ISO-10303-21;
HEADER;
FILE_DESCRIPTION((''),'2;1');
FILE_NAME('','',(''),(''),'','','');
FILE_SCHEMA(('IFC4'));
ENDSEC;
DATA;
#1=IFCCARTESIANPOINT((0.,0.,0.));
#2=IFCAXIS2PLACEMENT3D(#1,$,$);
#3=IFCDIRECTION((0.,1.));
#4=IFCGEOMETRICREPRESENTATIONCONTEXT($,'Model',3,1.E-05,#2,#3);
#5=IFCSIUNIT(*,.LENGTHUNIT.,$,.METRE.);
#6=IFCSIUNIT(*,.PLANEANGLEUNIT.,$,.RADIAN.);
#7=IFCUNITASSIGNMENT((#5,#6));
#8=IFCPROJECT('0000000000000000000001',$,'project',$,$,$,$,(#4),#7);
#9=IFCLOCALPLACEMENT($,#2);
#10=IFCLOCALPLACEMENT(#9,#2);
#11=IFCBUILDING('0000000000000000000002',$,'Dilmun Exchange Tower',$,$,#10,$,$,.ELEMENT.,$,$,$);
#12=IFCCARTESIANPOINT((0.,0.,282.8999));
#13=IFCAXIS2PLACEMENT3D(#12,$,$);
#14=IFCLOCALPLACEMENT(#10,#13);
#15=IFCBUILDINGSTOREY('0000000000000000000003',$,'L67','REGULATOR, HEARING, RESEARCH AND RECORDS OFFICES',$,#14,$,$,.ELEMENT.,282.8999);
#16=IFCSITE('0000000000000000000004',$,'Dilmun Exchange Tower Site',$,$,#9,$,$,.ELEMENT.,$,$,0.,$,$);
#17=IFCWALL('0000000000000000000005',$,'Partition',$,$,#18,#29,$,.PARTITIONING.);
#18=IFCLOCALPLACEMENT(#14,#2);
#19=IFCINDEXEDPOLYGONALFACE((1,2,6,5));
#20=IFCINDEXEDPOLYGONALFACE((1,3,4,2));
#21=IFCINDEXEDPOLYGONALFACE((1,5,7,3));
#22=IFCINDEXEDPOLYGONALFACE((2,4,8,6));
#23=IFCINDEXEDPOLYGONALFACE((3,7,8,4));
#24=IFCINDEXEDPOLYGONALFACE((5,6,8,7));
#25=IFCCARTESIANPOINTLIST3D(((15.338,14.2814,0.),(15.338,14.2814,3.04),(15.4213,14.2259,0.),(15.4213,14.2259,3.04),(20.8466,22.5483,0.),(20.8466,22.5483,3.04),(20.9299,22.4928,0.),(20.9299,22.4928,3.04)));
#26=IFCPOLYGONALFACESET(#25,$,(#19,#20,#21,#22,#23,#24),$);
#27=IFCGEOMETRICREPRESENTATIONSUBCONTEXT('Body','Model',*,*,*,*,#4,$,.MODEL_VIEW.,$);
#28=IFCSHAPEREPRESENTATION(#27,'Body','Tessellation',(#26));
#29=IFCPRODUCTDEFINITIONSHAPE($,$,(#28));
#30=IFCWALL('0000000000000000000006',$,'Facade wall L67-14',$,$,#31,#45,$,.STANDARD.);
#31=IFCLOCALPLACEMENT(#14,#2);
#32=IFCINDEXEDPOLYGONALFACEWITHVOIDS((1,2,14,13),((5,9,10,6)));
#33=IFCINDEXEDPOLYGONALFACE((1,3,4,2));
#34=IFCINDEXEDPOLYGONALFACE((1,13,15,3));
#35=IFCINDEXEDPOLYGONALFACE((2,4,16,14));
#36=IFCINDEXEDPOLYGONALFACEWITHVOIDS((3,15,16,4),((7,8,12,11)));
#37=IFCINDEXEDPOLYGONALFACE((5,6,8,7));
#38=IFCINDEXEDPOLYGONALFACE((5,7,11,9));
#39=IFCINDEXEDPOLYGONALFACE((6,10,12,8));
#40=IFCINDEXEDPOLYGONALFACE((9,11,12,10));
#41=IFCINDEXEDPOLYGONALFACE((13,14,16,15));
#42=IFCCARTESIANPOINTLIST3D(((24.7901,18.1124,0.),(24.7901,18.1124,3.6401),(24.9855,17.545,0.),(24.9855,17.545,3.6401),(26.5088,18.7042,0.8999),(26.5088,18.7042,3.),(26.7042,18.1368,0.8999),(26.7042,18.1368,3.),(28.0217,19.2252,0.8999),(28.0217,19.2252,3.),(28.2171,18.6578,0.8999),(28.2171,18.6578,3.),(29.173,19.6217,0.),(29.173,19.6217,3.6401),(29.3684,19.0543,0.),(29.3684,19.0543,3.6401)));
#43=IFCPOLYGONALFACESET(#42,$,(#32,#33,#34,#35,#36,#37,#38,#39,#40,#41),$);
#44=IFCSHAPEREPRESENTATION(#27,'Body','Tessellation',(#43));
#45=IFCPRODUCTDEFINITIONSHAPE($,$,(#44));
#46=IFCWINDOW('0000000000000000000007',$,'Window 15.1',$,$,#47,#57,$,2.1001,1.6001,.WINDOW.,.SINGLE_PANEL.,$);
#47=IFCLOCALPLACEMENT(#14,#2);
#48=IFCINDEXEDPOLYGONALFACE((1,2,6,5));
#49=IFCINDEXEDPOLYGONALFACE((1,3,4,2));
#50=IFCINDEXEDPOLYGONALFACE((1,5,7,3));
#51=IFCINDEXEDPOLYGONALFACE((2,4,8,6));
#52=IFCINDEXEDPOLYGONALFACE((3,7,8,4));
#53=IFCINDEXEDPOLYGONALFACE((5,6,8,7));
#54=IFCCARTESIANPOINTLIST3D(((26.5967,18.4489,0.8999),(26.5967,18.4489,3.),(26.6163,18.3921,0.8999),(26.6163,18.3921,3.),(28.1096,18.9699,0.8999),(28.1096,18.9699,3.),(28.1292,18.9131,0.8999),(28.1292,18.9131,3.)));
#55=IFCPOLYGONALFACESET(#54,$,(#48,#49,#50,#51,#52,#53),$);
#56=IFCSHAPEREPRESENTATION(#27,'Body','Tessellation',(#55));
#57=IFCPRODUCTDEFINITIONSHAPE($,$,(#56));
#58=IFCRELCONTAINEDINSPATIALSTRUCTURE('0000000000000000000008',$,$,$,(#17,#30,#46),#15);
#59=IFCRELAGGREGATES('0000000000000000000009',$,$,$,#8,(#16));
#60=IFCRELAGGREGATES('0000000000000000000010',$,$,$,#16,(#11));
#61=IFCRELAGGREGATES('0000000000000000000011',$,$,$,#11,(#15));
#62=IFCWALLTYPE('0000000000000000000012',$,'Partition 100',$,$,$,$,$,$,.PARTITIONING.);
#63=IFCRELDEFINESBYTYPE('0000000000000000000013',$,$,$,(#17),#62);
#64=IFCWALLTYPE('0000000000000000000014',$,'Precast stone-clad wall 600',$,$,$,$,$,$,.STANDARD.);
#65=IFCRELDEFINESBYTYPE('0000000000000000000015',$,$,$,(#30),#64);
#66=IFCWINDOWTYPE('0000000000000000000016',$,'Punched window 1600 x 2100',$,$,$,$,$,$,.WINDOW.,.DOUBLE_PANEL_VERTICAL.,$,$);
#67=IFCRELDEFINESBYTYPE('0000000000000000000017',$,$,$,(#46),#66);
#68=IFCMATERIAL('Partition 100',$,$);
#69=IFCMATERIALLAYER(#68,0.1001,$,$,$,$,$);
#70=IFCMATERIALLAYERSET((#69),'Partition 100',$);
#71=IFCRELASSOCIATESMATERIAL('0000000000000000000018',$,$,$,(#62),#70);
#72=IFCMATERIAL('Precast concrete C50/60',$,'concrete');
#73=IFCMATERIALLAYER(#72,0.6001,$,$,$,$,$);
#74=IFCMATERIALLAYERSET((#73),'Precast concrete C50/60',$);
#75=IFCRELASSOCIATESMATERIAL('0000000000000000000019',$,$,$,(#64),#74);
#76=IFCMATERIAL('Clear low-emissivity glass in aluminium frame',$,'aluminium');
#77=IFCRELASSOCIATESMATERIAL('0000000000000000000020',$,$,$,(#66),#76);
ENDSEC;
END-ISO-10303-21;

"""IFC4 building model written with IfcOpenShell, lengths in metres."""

from ifc_helpers import new_model, si_unit, direction, frame, frame_2d, origin, place, context, subcontext, project, spatial, rectangle, extrude, material, layer, layer_set, type_object, element, fill, save


model = new_model("IFC4")

# Units and contexts
model_context = context("Model", 3, precision=1e-05, world=origin(), true_north=direction((0.0, 1.0)))
body_context = subcontext(model_context, "Body", "Model", "MODEL_VIEW")
ifc_project = project(units=[si_unit("LENGTHUNIT", "METRE"), si_unit("PLANEANGLEUNIT", "RADIAN")], contexts=[model_context])

# Site, building, storey
site_placement = place(None, origin())
site = spatial("IfcSite", under=ifc_project, at=site_placement, Name="Dilmun Exchange Tower Site", CompositionType="ELEMENT", RefElevation=0.0)
building_placement = place(site_placement, origin())
building = spatial("IfcBuilding", under=site, at=building_placement, Name="Dilmun Exchange Tower", CompositionType="ELEMENT")
storey_placement = place(building_placement, frame((0.0, 0.0, 282.8999)))
storey = spatial("IfcBuildingStorey", under=building, at=storey_placement, Name="L67", Description="REGULATOR, HEARING, RESEARCH AND RECORDS OFFICES", CompositionType="ELEMENT", Elevation=282.8999)

# Wall
ifc_material_1 = material(Name="Partition 100")
ifc_layer_1 = layer(ifc_material_1, 0.1001)
ifc_layer_set_1 = layer_set([ifc_layer_1], Name="Partition 100")
wall_type_1 = type_object("IfcWallType", Name="Partition 100", PredefinedType="PARTITIONING", material=ifc_layer_set_1)
wall_1_placement = place(storey_placement, frame((15.3796, 14.2537, 0.0), z_axis=(0.0, 0.0, 1.0), x_axis=(0.554513, 0.832175, 0.0)))
element("IfcWall", 1, at=wall_1_placement, inside=storey, type_object=wall_type_1, Name="Partition", PredefinedType="PARTITIONING", context=body_context, shape_type="SweptSolid", body=[
    extrude(rectangle(XDim=9.9341, YDim=0.1001, at=frame_2d((4.967, 0.0))), origin(), (0.0, 0.0, 1.0), 3.04),
])

# Wall, opening, window
ifc_material_2 = material(Name="Precast concrete C50/60", Category="concrete")
ifc_layer_2 = layer(ifc_material_2, 0.6001)
ifc_layer_set_2 = layer_set([ifc_layer_2], Name="Precast concrete C50/60")
wall_type_2 = type_object("IfcWallType", Name="Precast stone-clad wall 600", PredefinedType="STANDARD", material=ifc_layer_set_2)
wall_2_placement = place(storey_placement, frame((24.8877, 17.8286, 0.0), z_axis=(0.0, 0.0, 1.0), x_axis=(0.945508, 0.325598, 0.0)))
wall_2 = element("IfcWall", 2, at=wall_2_placement, inside=storey, type_object=wall_type_2, Name="Facade wall L67-14", PredefinedType="STANDARD", context=body_context, shape_type="SweptSolid", body=[
    extrude(rectangle(XDim=4.6355, YDim=0.6001, at=frame_2d((2.3179, 0.0))), origin(), (0.0, 0.0, 1.0), 3.6401),
])
opening_1_placement = place(wall_2_placement, frame((1.8179, 0.0, 0.8999)))
opening_1 = element("IfcOpeningElement", 3, at=opening_1_placement, cuts=wall_2, PredefinedType="OPENING", context=body_context, shape_type="SweptSolid", body=[
    extrude(rectangle(XDim=1.6001, YDim=2.1001, at=frame_2d((0.8, 1.05))), frame((0.0, 0.3101, 0.0), z_axis=(0.0, -1.0, 0.0), x_axis=(1.0, 0.0, 0.0)), (0.0, 0.0, 1.0), 0.6201),
])
ifc_material_3 = material(Name="Clear low-emissivity glass in aluminium frame", Category="aluminium")
window_type_1 = type_object("IfcWindowType", Name="Punched window 1600 x 2100", PartitioningType="DOUBLE_PANEL_VERTICAL", PredefinedType="WINDOW", material=ifc_material_3)
window_1_placement = place(opening_1_placement, origin())
window_1 = element("IfcWindow", 4, at=window_1_placement, inside=storey, type_object=window_type_1, Name="Window 15.1", OverallHeight=2.1001, OverallWidth=1.6001, PartitioningType="SINGLE_PANEL", PredefinedType="WINDOW", context=body_context, shape_type="SweptSolid", body=[
    extrude(rectangle(XDim=1.6001, YDim=2.1001, at=frame_2d((0.8, 1.05))), frame((0.0, 0.03, 0.0), z_axis=(0.0, -1.0, 0.0), x_axis=(1.0, 0.0, 0.0)), (0.0, 0.0, 1.0), 0.0601),
])
fill(opening_1, window_1)

save(model, "model.ifc")
